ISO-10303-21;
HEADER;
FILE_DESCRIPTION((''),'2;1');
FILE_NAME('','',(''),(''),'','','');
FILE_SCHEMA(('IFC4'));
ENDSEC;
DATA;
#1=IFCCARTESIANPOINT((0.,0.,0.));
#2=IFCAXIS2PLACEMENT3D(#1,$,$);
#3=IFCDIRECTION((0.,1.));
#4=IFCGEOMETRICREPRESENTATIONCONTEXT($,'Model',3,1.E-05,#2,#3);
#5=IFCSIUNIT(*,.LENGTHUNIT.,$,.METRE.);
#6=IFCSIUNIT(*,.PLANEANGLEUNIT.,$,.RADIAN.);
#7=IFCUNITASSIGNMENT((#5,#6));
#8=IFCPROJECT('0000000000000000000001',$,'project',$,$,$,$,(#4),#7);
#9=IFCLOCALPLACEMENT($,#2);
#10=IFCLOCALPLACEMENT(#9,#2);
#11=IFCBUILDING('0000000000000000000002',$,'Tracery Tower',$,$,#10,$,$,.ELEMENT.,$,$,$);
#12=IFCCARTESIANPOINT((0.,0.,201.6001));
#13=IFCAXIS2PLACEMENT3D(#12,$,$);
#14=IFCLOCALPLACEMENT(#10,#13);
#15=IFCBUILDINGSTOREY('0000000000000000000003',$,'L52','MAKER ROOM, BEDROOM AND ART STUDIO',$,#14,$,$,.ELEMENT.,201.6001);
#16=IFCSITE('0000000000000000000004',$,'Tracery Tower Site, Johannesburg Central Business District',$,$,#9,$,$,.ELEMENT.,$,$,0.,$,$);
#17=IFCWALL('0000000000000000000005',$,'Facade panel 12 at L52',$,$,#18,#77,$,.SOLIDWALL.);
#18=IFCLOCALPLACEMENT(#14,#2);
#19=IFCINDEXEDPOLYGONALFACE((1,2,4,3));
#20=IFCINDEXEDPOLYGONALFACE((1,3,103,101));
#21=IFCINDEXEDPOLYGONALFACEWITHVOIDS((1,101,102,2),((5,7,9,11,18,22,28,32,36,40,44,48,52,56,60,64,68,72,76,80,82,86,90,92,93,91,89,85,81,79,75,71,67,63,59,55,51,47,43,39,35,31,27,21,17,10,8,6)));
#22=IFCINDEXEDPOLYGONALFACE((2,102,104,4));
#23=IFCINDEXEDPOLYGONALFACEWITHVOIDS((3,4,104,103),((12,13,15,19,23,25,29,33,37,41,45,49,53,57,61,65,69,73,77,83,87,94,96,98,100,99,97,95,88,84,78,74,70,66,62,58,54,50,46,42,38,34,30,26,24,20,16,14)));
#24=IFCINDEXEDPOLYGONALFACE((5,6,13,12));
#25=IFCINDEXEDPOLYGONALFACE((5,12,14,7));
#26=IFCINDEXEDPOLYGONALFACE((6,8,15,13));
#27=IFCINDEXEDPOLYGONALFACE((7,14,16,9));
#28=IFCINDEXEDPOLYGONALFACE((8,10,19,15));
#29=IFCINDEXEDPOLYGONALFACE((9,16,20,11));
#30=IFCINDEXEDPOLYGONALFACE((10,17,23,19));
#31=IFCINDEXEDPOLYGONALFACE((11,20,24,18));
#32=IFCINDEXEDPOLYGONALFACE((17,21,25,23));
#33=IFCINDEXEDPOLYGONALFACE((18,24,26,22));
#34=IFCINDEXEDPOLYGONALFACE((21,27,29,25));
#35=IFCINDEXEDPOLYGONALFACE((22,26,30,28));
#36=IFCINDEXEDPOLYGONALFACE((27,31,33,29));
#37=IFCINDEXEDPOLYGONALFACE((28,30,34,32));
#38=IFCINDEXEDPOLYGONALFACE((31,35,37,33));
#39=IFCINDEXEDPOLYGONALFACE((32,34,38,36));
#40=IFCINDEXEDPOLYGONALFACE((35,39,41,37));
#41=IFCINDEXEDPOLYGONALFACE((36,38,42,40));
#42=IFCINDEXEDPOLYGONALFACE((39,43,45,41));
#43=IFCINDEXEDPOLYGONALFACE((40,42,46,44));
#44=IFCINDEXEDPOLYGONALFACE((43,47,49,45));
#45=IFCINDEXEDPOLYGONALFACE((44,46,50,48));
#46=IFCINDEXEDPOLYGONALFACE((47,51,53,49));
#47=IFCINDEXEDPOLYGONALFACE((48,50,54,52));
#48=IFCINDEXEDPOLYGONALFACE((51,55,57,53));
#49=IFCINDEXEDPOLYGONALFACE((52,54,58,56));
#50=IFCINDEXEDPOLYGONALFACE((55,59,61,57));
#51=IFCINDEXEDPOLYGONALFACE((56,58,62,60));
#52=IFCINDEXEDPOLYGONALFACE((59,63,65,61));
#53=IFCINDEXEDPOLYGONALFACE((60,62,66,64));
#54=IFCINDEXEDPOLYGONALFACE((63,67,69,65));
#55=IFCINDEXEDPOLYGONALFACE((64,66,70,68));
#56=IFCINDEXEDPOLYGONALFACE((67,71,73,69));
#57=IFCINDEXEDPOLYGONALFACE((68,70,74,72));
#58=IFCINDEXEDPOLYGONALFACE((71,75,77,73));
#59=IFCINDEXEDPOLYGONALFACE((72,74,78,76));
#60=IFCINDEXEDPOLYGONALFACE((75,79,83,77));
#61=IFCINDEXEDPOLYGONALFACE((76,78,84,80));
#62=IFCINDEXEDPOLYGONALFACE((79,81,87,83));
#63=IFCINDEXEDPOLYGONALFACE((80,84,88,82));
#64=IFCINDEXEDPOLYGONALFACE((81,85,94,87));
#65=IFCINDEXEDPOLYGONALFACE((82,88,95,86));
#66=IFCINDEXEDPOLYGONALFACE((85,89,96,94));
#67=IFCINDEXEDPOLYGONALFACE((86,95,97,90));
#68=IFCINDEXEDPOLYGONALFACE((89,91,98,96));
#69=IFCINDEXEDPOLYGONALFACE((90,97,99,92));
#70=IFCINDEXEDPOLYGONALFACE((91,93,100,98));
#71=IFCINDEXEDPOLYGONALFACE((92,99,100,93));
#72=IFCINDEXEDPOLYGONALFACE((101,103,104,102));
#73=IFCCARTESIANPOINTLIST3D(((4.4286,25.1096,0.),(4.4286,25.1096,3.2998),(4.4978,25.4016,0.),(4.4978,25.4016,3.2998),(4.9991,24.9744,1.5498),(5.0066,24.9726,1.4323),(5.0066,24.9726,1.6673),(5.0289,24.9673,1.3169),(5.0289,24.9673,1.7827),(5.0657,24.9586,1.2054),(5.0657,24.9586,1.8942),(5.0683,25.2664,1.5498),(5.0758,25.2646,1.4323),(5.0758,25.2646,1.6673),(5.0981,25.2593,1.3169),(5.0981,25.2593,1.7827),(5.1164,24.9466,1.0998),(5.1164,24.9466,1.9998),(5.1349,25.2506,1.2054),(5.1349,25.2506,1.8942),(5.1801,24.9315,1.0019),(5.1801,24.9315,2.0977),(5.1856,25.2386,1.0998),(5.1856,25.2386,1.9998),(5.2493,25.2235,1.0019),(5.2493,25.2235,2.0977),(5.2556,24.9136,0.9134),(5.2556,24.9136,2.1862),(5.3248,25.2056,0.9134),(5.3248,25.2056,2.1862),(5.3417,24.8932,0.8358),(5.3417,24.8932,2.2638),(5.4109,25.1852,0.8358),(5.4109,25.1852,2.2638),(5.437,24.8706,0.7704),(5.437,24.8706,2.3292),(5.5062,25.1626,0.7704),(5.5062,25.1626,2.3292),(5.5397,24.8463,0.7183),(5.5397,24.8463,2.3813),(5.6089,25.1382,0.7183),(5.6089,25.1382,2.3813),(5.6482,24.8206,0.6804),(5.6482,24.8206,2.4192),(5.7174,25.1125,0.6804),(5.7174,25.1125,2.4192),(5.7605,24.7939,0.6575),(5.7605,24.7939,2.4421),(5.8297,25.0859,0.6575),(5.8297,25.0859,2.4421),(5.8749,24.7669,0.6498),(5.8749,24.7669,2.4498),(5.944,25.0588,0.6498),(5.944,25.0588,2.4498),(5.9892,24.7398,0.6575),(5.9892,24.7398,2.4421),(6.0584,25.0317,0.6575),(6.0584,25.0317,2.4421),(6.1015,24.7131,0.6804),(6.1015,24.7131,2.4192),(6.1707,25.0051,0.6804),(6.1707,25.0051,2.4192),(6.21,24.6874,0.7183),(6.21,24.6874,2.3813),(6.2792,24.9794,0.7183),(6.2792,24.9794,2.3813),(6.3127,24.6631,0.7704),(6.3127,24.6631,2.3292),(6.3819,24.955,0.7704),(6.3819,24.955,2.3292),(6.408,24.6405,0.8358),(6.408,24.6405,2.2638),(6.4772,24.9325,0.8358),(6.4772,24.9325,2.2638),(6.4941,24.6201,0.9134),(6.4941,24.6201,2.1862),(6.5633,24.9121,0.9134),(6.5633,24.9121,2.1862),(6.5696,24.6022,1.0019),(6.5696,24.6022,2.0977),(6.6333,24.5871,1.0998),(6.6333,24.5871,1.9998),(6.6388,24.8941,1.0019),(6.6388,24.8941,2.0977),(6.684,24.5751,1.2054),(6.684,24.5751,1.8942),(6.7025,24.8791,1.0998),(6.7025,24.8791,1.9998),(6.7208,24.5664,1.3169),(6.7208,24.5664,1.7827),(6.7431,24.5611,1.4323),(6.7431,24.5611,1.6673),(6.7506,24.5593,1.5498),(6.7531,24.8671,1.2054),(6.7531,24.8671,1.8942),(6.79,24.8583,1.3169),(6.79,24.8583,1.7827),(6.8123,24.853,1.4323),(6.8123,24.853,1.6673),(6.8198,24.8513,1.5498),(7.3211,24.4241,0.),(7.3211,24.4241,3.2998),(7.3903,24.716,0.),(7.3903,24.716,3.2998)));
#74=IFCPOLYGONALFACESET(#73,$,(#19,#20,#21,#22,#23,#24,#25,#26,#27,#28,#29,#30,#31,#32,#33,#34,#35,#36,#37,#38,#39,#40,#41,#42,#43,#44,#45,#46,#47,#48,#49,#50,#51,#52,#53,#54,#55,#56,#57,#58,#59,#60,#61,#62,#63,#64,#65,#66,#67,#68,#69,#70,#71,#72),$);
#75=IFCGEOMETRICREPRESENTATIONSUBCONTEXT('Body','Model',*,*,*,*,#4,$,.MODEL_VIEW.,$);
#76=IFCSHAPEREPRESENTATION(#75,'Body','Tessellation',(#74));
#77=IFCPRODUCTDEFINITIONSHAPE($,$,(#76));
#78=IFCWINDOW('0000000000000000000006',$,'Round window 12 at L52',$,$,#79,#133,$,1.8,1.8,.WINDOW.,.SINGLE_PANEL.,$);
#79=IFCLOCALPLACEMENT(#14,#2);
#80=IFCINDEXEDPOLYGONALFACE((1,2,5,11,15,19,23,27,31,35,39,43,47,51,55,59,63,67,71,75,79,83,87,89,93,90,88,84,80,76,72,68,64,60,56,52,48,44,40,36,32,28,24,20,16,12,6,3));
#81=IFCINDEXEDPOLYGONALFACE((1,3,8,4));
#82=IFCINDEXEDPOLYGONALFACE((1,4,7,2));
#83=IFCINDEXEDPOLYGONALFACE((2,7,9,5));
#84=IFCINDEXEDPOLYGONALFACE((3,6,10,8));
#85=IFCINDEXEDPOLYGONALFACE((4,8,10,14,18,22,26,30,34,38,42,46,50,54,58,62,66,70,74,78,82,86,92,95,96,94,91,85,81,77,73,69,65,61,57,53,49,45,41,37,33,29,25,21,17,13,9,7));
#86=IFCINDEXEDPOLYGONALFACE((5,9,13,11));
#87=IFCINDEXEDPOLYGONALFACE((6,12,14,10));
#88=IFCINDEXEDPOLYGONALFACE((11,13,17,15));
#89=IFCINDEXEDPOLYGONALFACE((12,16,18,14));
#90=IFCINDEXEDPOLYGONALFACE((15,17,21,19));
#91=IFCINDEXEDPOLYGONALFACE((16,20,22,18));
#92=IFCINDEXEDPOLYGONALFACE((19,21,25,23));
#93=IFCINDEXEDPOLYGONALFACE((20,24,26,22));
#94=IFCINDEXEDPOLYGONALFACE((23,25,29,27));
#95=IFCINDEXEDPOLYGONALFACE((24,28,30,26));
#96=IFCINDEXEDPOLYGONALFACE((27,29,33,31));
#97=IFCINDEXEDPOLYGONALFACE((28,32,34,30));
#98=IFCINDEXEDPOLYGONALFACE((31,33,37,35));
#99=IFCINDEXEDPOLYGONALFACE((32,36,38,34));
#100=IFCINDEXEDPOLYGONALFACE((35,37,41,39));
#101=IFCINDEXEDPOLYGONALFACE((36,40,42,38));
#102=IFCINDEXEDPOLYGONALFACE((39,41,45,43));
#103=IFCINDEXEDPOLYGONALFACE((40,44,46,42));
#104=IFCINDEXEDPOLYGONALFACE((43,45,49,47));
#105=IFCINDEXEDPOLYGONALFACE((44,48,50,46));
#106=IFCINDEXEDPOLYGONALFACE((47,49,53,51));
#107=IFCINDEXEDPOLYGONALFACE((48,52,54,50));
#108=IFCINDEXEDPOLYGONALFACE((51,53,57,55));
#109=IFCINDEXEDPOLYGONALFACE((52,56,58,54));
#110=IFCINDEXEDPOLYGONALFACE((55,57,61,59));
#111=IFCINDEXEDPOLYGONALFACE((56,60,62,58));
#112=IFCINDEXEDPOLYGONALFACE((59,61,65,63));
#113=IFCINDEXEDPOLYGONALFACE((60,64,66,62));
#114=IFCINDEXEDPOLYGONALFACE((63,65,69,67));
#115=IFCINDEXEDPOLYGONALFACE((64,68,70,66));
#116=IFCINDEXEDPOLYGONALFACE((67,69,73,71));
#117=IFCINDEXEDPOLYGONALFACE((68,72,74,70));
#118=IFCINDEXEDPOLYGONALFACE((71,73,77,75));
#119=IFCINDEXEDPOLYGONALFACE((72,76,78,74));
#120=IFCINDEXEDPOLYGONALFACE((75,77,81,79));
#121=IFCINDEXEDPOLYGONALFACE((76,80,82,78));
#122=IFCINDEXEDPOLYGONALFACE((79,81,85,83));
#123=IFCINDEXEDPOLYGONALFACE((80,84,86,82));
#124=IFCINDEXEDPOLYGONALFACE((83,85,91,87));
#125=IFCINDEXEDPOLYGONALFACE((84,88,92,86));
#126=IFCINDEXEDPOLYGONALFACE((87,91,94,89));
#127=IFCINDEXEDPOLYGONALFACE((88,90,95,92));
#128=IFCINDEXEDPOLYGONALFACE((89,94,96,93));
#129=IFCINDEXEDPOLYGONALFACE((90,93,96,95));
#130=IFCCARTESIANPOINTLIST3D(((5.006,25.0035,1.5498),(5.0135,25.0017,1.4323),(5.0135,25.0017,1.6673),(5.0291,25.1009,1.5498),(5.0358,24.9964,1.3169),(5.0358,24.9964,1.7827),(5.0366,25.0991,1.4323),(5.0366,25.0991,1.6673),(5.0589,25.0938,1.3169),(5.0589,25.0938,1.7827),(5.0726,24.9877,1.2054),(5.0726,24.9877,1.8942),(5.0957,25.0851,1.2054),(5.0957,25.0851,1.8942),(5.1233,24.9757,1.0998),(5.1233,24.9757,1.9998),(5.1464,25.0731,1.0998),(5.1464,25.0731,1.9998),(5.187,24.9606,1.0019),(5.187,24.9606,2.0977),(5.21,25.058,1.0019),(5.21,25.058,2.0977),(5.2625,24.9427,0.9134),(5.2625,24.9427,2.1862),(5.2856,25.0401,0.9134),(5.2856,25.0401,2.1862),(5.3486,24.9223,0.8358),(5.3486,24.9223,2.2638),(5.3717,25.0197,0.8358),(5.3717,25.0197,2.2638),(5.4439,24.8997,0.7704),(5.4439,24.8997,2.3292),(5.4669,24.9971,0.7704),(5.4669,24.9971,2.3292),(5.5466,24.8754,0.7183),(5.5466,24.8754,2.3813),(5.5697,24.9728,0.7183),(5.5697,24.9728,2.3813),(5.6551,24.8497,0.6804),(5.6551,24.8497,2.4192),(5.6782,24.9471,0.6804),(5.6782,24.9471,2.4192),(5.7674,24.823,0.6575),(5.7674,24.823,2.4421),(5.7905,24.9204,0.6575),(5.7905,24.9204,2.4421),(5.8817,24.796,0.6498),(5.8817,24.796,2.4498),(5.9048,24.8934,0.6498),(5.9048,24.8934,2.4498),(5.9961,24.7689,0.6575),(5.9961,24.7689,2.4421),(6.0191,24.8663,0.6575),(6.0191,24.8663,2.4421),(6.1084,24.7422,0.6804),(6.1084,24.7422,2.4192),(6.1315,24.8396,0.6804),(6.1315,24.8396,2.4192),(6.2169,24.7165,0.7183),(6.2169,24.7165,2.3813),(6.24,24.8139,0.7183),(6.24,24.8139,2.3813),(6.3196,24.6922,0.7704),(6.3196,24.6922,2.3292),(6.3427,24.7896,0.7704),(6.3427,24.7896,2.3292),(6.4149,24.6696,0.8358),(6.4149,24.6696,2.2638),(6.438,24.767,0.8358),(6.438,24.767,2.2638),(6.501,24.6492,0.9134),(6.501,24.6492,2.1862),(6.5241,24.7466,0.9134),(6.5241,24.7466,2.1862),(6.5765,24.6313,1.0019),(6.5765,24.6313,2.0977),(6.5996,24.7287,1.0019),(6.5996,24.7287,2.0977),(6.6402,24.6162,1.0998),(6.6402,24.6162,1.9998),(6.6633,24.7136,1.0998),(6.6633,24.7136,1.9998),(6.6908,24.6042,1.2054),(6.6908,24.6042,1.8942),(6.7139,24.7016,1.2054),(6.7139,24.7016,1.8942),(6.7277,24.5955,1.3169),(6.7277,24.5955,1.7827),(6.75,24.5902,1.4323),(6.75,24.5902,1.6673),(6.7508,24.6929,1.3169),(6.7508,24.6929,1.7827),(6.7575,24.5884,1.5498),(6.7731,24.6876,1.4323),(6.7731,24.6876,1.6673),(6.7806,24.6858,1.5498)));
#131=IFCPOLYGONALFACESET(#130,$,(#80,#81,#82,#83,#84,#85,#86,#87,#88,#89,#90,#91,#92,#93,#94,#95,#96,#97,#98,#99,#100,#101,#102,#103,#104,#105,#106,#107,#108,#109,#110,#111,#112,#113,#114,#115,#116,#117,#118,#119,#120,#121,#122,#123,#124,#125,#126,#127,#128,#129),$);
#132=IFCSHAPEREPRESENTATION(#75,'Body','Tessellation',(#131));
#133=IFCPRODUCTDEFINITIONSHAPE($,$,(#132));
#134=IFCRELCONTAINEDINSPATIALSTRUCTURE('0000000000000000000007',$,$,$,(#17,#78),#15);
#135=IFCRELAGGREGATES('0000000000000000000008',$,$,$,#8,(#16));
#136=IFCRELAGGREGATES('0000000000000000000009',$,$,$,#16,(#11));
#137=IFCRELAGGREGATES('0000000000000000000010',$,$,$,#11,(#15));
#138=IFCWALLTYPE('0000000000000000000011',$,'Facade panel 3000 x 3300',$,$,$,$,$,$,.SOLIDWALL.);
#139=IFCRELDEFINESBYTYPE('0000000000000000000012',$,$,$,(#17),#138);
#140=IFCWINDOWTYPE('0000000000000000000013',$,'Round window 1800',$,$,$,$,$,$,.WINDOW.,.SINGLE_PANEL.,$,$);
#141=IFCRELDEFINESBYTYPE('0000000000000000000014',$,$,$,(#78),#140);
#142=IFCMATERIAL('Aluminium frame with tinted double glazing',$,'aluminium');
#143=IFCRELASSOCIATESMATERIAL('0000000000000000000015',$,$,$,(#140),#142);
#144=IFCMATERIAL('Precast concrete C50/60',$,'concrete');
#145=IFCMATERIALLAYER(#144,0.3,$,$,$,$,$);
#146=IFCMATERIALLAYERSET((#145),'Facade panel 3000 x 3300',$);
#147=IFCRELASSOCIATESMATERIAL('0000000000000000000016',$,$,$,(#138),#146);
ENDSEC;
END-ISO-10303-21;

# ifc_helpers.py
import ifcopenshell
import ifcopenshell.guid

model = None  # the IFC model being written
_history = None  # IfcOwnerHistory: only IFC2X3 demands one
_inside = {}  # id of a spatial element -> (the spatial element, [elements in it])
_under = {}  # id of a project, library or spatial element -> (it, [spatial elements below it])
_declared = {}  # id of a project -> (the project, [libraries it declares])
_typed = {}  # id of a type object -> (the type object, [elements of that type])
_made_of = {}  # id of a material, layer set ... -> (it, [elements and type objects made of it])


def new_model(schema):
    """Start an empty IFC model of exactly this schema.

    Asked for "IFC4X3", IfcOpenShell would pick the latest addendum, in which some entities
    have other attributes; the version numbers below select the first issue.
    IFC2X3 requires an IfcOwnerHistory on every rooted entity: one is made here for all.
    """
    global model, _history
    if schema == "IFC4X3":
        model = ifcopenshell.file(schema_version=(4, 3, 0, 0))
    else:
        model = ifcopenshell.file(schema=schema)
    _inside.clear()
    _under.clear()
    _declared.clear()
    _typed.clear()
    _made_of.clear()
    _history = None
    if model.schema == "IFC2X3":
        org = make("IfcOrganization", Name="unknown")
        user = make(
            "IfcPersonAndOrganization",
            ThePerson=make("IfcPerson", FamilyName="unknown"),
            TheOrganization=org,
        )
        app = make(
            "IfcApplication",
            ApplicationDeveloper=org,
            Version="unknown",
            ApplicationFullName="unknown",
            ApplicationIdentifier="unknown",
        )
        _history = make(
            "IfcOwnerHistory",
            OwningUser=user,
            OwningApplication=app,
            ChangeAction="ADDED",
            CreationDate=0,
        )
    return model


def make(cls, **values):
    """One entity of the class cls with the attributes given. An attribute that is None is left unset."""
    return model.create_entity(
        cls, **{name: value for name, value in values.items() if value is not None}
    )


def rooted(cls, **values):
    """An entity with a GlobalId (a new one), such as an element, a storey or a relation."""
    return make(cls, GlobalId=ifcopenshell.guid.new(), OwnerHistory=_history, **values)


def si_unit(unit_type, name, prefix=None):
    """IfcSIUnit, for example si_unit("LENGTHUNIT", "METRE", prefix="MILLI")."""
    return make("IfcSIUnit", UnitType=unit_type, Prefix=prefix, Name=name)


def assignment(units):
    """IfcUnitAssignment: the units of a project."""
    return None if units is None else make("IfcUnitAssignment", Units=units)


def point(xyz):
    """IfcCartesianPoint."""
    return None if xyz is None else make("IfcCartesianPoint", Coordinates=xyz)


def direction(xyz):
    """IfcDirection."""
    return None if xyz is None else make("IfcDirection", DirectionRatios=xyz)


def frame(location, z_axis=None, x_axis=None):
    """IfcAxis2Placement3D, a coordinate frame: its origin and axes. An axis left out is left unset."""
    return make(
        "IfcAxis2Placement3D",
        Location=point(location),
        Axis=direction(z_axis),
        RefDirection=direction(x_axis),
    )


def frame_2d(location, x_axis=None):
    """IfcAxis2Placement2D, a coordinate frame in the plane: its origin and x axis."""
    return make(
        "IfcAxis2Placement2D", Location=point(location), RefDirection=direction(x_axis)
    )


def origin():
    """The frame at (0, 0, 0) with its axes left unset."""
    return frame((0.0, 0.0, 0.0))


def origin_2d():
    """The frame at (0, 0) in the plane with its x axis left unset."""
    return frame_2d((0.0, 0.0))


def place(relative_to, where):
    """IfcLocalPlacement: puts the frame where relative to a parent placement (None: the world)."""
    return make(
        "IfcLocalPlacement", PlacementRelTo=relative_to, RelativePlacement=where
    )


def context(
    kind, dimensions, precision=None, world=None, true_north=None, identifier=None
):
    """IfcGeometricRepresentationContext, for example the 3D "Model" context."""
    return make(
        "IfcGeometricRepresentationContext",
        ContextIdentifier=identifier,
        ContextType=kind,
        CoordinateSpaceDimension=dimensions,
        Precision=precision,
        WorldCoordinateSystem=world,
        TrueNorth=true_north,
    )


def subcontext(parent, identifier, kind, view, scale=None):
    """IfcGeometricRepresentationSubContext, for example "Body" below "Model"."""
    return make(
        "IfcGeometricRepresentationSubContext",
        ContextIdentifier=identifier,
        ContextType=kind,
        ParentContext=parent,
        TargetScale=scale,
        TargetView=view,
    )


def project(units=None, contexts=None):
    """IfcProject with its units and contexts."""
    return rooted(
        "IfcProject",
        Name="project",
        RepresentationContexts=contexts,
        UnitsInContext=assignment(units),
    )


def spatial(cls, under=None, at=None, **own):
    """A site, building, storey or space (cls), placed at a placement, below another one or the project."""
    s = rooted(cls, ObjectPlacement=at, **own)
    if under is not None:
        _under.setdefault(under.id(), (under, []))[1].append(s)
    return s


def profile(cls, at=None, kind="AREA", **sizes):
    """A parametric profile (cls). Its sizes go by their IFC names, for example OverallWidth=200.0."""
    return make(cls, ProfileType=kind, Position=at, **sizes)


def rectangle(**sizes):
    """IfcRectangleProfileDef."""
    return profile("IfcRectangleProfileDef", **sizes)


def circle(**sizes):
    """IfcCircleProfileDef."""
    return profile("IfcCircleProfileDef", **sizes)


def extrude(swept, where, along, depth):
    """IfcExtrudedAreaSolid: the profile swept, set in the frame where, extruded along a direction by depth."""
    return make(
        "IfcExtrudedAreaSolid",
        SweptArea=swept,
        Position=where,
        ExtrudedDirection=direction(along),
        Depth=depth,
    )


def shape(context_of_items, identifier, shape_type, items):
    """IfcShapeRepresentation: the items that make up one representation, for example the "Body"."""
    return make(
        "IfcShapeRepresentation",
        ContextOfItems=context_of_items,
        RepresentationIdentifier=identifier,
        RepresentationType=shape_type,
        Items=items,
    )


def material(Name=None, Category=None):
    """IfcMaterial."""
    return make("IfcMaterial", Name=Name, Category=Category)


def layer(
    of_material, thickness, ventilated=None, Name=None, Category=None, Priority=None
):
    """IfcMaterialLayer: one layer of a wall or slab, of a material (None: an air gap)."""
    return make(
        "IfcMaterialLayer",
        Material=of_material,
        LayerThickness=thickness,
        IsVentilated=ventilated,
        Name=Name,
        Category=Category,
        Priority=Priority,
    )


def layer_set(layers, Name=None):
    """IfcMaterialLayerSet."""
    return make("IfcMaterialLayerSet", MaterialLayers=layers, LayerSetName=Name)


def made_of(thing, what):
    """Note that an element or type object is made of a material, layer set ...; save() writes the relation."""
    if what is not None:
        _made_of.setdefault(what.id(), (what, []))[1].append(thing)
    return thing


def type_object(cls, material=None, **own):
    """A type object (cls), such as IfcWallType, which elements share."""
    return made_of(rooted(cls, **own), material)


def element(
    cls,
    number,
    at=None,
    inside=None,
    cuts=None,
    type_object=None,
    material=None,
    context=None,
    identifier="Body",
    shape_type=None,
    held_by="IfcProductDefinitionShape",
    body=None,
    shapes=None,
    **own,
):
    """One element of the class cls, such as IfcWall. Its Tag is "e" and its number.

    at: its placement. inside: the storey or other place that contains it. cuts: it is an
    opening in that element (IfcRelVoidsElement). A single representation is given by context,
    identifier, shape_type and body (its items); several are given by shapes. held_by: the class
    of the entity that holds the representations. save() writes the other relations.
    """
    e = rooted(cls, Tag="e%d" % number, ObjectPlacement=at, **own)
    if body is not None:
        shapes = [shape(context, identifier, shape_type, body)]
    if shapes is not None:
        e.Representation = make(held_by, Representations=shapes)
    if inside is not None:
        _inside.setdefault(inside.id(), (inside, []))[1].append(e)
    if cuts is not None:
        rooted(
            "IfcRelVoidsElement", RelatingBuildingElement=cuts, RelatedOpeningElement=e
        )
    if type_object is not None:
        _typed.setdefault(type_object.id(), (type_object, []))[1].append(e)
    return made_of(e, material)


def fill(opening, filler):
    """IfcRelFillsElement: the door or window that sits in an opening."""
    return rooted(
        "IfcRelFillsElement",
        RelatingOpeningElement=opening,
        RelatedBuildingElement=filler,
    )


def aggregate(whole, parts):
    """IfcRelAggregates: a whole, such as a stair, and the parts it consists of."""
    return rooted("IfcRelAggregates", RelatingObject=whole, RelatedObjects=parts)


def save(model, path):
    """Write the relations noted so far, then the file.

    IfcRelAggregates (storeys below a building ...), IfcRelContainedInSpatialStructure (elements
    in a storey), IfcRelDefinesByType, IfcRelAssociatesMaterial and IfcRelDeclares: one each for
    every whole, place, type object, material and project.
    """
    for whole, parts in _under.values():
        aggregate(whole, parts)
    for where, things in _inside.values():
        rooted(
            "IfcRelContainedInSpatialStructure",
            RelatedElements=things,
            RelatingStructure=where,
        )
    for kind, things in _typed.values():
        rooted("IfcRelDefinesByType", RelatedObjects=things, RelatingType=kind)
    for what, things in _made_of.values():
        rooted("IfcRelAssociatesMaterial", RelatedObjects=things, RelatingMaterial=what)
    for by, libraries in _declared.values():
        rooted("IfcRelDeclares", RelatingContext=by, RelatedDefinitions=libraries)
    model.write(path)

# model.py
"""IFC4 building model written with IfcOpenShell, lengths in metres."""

from ifc_helpers import new_model, si_unit, direction, frame, frame_2d, origin, origin_2d, place, context, subcontext, project, spatial, rectangle, circle, extrude, material, layer, layer_set, type_object, element, fill, save


model = new_model("IFC4")

# Units and contexts
model_context = context("Model", 3, precision=1e-05, world=origin(), true_north=direction((0.0, 1.0)))
body_context = subcontext(model_context, "Body", "Model", "MODEL_VIEW")
ifc_project = project(units=[si_unit("LENGTHUNIT", "METRE"), si_unit("PLANEANGLEUNIT", "RADIAN")], contexts=[model_context])

# Site, building, storey
site_placement = place(None, origin())
site = spatial("IfcSite", under=ifc_project, at=site_placement, Name="Tracery Tower Site, Johannesburg Central Business District", CompositionType="ELEMENT", RefElevation=0.0)
building_placement = place(site_placement, origin())
building = spatial("IfcBuilding", under=site, at=building_placement, Name="Tracery Tower", CompositionType="ELEMENT")
storey_placement = place(building_placement, frame((0.0, 0.0, 201.6001)))
storey = spatial("IfcBuildingStorey", under=building, at=storey_placement, Name="L52", Description="MAKER ROOM, BEDROOM AND ART STUDIO", CompositionType="ELEMENT", Elevation=201.6001)

# Wall, opening, window
ifc_material_1 = material(Name="Aluminium frame with tinted double glazing", Category="aluminium")
window_type = type_object("IfcWindowType", Name="Round window 1800", PartitioningType="SINGLE_PANEL", PredefinedType="WINDOW", material=ifc_material_1)
ifc_material_2 = material(Name="Precast concrete C50/60", Category="concrete")
ifc_layer_1 = layer(ifc_material_2, 0.3)
ifc_layer_set_1 = layer_set([ifc_layer_1], Name="Facade panel 3000 x 3300")
wall_type_1 = type_object("IfcWallType", Name="Facade panel 3000 x 3300", PredefinedType="SOLIDWALL", material=ifc_layer_set_1)
wall_1_placement = place(storey_placement, frame((7.3557, 24.5701, 0.0), z_axis=(0.0, 0.0, 1.0), x_axis=(-0.973045, 0.230614, 0.0)))
wall_1 = element("IfcWall", 1, at=wall_1_placement, inside=storey, type_object=wall_type_1, Name="Facade panel 12 at L52", PredefinedType="SOLIDWALL", context=body_context, shape_type="SweptSolid", body=[
    extrude(rectangle(XDim=2.9727, YDim=0.3, at=frame_2d((1.4863, 0.0))), origin(), (0.0, 0.0, 1.0), 3.2998),
])
opening_1_placement = place(wall_1_placement, frame((1.4863, 0.0, 1.5498)))
opening_1 = element("IfcOpeningElement", 2, at=opening_1_placement, cuts=wall_1, PredefinedType="OPENING", context=body_context, shape_type="SweptSolid", body=[
    extrude(circle(Radius=0.9, at=origin_2d()), frame((0.0, 0.1599, 0.0), z_axis=(0.0, -1.0, 0.0), x_axis=(1.0, 0.0, 0.0)), (0.0, 0.0, 1.0), 0.3201),
])
window_1_placement = place(opening_1_placement, origin())
window_1 = element("IfcWindow", 3, at=window_1_placement, inside=storey, type_object=window_type, Name="Round window 12 at L52", OverallHeight=1.8, OverallWidth=1.8, PartitioningType="SINGLE_PANEL", PredefinedType="WINDOW", context=body_context, shape_type="SweptSolid", body=[
    extrude(circle(Radius=0.9, at=origin_2d()), frame((0.0, 0.1201, 0.0), z_axis=(0.0, -1.0, 0.0), x_axis=(1.0, 0.0, 0.0)), (0.0, 0.0, 1.0), 0.1001),
])
fill(opening_1, window_1)

save(model, "model.ifc")
